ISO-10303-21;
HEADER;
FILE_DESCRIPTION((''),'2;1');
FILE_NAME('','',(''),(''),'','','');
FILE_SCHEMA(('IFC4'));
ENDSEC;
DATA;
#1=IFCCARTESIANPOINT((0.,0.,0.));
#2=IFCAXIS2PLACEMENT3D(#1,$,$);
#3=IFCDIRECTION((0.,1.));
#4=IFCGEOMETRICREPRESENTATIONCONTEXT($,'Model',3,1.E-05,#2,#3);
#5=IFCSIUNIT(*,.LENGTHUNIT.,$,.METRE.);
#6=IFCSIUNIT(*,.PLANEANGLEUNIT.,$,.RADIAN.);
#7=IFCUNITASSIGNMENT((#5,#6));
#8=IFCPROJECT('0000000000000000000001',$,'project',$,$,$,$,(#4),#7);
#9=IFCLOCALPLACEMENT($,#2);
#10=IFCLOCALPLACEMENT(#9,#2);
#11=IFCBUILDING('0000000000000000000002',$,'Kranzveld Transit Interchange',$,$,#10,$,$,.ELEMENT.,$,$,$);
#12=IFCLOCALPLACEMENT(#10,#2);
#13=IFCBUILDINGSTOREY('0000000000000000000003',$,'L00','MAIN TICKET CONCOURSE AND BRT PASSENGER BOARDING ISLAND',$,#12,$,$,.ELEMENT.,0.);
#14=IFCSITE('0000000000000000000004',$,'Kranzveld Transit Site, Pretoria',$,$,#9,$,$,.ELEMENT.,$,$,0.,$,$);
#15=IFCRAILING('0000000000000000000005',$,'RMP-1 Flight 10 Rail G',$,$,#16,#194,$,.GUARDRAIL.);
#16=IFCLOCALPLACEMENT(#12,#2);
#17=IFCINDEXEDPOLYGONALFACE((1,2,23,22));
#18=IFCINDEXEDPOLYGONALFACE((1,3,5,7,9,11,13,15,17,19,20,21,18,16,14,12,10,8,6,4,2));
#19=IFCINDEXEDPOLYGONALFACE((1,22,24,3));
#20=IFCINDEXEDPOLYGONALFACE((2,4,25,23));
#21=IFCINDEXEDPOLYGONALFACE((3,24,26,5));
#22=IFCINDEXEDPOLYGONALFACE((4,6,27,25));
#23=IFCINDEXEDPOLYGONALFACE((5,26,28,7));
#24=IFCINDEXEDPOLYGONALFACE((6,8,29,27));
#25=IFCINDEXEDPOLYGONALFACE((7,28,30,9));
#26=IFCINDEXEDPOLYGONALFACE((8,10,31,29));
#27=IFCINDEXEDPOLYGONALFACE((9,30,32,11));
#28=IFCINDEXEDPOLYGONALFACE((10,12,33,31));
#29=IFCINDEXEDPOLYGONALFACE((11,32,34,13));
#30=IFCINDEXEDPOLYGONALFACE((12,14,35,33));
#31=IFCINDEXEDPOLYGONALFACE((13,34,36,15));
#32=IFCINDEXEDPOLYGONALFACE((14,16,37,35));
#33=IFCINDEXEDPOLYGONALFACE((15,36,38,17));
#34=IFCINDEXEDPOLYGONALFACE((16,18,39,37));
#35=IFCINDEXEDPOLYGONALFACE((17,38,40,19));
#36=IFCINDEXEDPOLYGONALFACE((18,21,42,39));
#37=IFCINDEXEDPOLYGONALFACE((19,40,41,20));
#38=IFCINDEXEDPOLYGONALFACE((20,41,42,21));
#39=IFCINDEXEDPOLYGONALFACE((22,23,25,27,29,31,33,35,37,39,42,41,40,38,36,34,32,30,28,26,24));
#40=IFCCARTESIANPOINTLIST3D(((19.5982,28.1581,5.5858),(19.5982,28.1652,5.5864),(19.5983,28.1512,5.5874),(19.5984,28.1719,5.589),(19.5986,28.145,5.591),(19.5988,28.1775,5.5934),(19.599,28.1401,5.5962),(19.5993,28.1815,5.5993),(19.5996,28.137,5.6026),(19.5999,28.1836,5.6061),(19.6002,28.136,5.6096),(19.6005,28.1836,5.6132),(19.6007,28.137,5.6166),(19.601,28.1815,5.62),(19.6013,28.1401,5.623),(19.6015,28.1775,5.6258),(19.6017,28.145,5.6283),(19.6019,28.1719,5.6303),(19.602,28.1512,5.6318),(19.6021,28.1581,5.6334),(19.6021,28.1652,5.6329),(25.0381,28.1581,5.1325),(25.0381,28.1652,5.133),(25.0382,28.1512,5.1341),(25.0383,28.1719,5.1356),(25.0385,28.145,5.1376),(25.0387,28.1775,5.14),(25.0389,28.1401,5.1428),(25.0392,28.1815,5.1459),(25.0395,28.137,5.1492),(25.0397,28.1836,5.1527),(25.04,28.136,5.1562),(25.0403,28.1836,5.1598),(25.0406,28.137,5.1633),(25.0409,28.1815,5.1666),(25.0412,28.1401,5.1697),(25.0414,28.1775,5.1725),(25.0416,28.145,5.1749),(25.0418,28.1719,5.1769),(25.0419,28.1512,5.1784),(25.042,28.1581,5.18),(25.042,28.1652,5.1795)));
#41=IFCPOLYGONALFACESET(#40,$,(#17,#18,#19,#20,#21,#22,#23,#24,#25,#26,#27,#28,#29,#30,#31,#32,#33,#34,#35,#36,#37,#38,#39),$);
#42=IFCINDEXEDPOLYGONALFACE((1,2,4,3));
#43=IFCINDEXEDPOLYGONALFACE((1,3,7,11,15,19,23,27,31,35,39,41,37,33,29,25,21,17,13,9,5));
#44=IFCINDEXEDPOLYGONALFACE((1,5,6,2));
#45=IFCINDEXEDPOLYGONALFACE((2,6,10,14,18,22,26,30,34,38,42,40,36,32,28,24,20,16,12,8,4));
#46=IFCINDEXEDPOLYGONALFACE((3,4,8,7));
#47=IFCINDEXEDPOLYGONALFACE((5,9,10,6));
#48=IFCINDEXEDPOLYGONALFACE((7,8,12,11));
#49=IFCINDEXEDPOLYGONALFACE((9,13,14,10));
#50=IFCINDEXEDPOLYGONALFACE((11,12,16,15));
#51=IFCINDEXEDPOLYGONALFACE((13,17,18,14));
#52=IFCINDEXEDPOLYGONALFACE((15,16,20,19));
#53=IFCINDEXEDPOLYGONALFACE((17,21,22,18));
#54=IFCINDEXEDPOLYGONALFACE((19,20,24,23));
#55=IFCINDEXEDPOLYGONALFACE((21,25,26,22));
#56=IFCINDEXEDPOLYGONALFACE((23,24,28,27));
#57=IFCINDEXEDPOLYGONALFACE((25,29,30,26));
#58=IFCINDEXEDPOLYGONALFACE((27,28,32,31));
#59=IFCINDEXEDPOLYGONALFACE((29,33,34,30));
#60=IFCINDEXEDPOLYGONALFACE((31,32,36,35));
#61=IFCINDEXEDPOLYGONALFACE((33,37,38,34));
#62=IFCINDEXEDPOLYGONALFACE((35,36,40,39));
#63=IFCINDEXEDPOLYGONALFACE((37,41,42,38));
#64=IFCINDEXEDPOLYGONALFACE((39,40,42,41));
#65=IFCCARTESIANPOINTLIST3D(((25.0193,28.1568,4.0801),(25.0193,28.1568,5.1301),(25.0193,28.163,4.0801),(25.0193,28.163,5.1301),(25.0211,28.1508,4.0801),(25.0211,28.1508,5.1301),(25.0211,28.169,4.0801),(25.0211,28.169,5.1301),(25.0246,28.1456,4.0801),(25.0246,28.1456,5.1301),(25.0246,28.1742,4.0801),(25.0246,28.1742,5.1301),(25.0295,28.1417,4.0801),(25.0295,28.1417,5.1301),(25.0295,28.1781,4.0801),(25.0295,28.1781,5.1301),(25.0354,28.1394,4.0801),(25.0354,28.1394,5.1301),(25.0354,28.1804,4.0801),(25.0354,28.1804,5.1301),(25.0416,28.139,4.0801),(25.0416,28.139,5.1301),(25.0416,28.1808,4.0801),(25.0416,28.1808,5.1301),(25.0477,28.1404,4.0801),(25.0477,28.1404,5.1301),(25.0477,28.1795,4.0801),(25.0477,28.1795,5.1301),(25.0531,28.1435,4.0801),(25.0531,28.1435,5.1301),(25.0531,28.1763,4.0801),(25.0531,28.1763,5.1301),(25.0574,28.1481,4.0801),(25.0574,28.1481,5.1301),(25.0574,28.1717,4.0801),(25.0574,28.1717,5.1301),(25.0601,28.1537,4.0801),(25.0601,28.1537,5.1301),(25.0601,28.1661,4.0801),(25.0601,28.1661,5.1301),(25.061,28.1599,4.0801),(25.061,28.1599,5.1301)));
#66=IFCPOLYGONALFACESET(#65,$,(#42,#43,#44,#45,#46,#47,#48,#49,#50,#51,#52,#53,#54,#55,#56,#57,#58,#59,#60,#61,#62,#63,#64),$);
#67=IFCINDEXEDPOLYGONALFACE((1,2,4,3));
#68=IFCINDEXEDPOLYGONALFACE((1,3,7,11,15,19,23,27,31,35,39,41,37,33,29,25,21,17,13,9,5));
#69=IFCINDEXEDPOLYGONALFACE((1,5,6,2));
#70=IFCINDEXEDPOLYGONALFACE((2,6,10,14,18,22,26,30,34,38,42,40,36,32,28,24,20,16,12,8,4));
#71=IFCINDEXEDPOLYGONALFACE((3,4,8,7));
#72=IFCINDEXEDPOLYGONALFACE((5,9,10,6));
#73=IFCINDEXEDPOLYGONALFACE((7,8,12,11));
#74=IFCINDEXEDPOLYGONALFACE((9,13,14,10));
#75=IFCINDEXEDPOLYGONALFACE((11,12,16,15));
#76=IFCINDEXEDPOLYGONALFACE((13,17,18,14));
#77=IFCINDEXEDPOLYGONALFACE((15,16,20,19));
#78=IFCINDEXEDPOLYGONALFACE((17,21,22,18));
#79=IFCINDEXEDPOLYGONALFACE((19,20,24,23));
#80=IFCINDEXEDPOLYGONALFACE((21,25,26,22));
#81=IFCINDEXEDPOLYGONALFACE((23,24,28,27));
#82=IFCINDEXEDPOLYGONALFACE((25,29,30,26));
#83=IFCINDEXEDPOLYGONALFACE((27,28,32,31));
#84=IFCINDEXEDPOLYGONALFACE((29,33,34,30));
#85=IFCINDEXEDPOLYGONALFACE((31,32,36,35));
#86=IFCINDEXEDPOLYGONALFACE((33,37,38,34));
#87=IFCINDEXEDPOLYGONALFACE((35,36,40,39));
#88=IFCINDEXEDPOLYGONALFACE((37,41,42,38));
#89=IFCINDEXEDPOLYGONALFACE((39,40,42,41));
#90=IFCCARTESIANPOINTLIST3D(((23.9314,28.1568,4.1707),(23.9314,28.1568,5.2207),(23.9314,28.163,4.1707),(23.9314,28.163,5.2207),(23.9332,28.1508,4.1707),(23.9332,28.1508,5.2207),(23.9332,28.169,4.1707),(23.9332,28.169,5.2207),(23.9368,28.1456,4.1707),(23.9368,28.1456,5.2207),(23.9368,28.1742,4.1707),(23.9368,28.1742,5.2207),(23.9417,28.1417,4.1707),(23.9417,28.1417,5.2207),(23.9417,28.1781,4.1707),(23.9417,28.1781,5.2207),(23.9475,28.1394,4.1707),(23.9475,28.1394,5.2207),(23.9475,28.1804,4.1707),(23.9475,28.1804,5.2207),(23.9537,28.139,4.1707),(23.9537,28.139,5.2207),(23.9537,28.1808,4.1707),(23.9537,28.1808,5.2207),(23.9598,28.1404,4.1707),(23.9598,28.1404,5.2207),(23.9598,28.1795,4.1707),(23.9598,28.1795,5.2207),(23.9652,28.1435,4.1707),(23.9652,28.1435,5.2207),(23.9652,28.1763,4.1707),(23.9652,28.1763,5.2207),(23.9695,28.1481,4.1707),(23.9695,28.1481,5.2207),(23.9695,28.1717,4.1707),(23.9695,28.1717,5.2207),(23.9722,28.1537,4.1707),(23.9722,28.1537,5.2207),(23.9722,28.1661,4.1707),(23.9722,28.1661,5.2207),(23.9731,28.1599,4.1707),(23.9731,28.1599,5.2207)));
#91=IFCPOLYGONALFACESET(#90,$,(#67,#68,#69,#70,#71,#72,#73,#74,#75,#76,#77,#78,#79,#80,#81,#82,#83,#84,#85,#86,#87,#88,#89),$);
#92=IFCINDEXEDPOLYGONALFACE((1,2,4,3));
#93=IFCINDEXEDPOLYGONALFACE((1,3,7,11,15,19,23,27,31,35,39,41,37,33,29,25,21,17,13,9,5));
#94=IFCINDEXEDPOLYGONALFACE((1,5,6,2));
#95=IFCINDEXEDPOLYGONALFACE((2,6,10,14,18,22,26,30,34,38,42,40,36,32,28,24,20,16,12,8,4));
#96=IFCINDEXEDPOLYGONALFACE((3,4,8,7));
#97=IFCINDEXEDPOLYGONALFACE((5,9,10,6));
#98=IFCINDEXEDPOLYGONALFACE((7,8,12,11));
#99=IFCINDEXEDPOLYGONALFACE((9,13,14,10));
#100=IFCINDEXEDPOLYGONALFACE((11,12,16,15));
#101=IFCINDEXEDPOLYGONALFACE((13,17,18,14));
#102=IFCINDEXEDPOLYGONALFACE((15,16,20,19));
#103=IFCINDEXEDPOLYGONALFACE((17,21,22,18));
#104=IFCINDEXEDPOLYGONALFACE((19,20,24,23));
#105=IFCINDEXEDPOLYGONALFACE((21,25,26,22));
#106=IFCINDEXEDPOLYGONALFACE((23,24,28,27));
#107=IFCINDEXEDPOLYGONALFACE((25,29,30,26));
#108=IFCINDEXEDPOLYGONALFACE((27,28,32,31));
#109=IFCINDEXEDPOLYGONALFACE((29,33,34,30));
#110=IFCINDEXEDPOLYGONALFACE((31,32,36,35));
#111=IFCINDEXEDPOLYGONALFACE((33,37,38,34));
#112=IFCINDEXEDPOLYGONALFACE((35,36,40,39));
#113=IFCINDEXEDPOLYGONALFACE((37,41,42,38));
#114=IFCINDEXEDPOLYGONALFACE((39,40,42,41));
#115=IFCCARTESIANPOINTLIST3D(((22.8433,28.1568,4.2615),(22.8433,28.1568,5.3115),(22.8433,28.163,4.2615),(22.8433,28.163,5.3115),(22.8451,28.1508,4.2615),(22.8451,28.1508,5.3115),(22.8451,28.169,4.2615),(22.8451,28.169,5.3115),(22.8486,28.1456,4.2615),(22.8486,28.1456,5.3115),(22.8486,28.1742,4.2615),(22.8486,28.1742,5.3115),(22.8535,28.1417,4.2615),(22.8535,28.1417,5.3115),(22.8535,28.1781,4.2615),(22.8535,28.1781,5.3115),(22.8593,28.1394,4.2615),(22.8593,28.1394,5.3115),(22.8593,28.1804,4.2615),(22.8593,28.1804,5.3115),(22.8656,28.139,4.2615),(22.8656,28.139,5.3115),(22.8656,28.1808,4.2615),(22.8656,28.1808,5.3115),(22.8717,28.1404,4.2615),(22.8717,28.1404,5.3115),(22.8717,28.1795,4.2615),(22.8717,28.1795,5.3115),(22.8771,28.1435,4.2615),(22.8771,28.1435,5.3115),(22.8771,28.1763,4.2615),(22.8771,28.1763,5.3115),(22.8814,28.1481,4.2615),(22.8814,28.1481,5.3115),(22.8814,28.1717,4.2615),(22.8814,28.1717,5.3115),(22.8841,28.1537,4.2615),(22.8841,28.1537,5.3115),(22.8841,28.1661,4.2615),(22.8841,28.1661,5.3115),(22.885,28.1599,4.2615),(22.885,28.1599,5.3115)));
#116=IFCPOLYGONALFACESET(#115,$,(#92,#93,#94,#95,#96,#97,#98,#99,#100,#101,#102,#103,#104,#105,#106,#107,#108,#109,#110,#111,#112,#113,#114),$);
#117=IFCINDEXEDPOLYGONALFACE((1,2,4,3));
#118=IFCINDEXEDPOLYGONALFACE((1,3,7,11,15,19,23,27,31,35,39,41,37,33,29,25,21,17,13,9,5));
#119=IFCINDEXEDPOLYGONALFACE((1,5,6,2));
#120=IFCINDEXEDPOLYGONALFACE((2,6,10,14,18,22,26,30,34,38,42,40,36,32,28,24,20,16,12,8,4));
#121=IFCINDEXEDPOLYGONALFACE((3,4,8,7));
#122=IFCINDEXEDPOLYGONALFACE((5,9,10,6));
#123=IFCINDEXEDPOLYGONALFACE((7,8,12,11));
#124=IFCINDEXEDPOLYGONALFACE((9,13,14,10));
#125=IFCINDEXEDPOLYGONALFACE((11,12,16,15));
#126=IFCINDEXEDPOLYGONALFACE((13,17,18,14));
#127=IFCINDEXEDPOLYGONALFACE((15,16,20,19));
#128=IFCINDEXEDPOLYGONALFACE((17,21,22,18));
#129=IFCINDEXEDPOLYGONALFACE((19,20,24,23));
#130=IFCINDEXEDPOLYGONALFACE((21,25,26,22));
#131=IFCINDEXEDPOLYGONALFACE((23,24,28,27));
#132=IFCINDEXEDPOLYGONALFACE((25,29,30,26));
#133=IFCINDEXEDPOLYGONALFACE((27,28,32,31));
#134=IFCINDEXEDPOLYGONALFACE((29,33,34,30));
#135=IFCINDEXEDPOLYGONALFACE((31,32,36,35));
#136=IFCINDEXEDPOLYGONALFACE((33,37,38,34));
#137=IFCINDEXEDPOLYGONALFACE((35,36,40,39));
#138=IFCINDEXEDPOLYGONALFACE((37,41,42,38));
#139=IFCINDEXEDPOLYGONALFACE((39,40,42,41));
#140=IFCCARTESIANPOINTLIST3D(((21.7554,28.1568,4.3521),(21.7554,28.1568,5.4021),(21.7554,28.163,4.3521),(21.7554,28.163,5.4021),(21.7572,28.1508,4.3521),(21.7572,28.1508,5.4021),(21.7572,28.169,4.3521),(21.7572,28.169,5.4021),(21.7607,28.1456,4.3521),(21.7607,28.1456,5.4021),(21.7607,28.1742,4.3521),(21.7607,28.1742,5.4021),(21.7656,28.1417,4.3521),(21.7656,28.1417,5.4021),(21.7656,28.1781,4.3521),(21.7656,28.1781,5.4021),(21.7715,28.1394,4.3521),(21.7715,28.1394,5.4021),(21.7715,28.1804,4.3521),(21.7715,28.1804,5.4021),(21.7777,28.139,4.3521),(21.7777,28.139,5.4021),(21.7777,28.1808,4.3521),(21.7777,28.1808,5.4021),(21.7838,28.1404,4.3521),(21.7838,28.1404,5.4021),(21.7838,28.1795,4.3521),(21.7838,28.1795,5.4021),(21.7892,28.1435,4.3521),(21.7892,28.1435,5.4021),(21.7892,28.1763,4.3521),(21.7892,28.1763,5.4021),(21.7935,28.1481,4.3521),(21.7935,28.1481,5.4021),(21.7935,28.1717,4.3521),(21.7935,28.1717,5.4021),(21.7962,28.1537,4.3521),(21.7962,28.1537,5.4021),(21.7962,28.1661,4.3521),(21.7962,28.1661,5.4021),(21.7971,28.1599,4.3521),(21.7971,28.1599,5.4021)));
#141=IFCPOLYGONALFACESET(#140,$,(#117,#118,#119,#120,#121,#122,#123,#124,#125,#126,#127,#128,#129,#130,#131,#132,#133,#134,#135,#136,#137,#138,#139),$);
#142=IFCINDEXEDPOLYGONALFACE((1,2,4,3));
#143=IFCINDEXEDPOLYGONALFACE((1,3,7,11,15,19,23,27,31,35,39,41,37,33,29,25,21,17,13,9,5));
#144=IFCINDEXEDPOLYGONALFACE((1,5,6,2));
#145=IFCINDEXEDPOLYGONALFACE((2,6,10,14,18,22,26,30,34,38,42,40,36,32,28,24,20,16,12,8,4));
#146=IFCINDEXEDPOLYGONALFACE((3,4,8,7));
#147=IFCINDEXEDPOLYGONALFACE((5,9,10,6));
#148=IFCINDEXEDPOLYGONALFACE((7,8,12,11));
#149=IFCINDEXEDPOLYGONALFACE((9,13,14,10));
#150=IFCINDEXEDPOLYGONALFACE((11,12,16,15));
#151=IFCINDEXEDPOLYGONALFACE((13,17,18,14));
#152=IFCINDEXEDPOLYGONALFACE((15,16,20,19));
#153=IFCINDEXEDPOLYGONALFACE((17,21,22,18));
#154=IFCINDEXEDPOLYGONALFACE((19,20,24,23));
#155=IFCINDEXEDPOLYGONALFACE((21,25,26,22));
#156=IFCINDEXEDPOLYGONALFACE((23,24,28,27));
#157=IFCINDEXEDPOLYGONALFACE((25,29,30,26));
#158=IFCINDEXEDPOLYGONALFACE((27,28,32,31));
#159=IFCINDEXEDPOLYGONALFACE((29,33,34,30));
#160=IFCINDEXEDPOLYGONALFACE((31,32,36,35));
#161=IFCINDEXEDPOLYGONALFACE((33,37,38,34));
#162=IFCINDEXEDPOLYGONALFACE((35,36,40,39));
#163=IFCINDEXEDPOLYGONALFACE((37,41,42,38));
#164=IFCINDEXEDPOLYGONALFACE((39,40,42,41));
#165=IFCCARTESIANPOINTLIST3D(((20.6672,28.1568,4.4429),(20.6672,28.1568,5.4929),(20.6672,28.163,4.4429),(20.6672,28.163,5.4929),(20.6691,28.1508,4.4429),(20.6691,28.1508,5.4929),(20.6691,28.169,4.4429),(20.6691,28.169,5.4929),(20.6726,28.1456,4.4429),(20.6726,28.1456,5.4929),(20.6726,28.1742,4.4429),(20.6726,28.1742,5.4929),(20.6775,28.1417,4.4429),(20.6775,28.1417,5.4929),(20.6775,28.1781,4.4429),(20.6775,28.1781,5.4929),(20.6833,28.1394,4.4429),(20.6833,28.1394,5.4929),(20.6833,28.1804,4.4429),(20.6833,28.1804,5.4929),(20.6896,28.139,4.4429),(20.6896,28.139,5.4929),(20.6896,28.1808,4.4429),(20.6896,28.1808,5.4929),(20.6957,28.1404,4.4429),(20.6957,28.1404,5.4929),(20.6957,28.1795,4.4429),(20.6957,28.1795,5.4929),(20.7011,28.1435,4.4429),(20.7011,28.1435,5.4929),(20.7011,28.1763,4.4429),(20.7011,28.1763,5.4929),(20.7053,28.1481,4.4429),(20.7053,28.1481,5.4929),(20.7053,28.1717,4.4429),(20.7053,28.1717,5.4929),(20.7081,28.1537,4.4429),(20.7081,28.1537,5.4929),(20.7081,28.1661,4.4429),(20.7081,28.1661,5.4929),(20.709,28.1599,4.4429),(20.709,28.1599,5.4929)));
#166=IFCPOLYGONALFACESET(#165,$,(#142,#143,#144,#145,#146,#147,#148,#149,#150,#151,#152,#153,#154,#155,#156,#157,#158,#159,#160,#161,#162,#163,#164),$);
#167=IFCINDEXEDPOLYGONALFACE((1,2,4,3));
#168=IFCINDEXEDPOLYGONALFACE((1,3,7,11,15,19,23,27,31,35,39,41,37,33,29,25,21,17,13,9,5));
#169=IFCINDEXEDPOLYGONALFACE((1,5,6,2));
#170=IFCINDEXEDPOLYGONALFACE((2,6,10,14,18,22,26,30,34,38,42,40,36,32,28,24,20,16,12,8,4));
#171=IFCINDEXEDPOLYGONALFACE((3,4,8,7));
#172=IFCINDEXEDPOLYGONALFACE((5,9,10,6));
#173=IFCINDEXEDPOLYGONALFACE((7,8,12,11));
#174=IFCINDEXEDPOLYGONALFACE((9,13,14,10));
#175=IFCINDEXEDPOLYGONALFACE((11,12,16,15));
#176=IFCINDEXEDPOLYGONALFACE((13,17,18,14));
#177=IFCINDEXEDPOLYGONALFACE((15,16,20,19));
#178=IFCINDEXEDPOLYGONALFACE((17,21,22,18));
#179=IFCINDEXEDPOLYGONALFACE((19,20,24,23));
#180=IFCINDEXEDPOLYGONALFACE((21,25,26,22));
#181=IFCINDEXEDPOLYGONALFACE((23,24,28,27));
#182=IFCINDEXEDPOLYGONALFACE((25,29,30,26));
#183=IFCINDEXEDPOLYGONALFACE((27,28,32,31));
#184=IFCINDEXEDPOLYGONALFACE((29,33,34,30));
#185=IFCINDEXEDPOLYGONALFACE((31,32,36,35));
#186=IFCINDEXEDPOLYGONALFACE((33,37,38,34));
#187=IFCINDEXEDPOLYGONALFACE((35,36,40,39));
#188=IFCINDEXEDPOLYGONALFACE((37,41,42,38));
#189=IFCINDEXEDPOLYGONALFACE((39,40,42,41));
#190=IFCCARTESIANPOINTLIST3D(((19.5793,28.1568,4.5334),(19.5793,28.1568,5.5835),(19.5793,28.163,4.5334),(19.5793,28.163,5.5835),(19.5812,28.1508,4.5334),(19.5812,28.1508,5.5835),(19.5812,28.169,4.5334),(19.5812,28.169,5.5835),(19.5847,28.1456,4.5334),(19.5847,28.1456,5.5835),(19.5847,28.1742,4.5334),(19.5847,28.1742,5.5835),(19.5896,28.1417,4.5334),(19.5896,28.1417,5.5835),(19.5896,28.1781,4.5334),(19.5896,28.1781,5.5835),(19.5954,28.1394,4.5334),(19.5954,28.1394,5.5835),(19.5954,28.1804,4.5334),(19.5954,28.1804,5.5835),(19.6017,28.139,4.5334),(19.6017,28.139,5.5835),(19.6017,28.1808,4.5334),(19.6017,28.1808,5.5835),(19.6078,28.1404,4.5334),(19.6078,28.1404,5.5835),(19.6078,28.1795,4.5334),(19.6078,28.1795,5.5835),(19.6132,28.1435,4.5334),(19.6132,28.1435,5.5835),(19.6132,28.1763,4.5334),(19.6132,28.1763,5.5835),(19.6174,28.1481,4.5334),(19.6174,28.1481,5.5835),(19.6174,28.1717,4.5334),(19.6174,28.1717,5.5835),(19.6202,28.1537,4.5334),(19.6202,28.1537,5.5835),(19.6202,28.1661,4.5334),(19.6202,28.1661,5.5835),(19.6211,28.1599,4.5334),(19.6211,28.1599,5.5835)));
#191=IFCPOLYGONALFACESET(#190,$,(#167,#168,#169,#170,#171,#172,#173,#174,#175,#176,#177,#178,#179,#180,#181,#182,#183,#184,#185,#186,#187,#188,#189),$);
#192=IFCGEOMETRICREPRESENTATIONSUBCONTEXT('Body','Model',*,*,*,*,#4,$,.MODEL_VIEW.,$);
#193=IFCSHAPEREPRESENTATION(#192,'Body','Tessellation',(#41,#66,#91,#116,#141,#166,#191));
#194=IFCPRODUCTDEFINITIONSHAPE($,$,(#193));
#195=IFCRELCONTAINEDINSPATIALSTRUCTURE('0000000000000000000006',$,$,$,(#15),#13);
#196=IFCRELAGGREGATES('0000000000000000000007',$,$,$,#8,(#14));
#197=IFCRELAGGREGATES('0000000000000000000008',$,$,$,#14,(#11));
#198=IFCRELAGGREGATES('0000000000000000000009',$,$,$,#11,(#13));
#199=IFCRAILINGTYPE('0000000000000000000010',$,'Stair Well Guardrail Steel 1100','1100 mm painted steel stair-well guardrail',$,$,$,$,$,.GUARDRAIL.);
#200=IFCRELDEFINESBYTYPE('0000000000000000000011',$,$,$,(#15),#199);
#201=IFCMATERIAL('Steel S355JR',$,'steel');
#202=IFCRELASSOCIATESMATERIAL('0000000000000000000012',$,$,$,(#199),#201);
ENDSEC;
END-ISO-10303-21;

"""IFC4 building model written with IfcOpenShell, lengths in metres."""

from ifc_helpers import new_model, si_unit, direction, frame, origin, origin_2d, place, context, subcontext, project, spatial, circle, extrude, material, type_object, element, save


model = new_model("IFC4")

# Units and contexts
model_context = context("Model", 3, precision=1e-05, world=origin(), true_north=direction((0.0, 1.0)))
body_context = subcontext(model_context, "Body", "Model", "MODEL_VIEW")
ifc_project = project(units=[si_unit("LENGTHUNIT", "METRE"), si_unit("PLANEANGLEUNIT", "RADIAN")], contexts=[model_context])

# Site, building, storey
site_placement = place(None, origin())
site = spatial("IfcSite", under=ifc_project, at=site_placement, Name="Kranzveld Transit Site, Pretoria", CompositionType="ELEMENT", RefElevation=0.0)
building_placement = place(site_placement, origin())
building = spatial("IfcBuilding", under=site, at=building_placement, Name="Kranzveld Transit Interchange", CompositionType="ELEMENT")
storey_placement = place(building_placement, origin())
storey = spatial("IfcBuildingStorey", under=building, at=storey_placement, Name="L00", Description="MAIN TICKET CONCOURSE AND BRT PASSENGER BOARDING ISLAND", CompositionType="ELEMENT", Elevation=0.0)

# Railing
ifc_material_1 = material(Name="Steel S355JR", Category="steel")
railing_type_1 = type_object("IfcRailingType", Name="Stair Well Guardrail Steel 1100", Description="1100 mm painted steel stair-well guardrail", PredefinedType="GUARDRAIL", material=ifc_material_1)
for number, where, name in (
    (1, (25.04, 28.1599, 4.0801), "RMP-1 Flight 10 Rail G"),
):
    element("IfcRailing", number, at=place(storey_placement, frame(where)), inside=storey, type_object=railing_type_1, Name=name, PredefinedType="GUARDRAIL", context=body_context, shape_type="SweptSolid", body=[
        extrude(circle(Radius=0.0239, at=origin_2d()), frame((0.0, 0.0, 1.0762), z_axis=(-0.996545, 0.0, 0.083053), x_axis=(0.0, -1.0, 0.0)), (0.0, 0.0, 1.0), 5.4587),
        extrude(circle(Radius=0.021, at=origin_2d()), origin(), (0.0, 0.0, 1.0), 1.05),
        extrude(circle(Radius=0.021, at=origin_2d()), frame((-1.0879, 0.0, 0.0906)), (0.0, 0.0, 1.0), 1.05),
        extrude(circle(Radius=0.021, at=origin_2d()), frame((-2.176, 0.0, 0.1814)), (0.0, 0.0, 1.0), 1.05),
        extrude(circle(Radius=0.021, at=origin_2d()), frame((-3.2639, 0.0, 0.272)), (0.0, 0.0, 1.0), 1.05),
        extrude(circle(Radius=0.021, at=origin_2d()), frame((-4.3521, 0.0, 0.3628)), (0.0, 0.0, 1.0), 1.05),
        extrude(circle(Radius=0.021, at=origin_2d()), frame((-5.4399, 0.0, 0.4534)), (0.0, 0.0, 1.0), 1.05),
    ])

save(model, "model.ifc")
